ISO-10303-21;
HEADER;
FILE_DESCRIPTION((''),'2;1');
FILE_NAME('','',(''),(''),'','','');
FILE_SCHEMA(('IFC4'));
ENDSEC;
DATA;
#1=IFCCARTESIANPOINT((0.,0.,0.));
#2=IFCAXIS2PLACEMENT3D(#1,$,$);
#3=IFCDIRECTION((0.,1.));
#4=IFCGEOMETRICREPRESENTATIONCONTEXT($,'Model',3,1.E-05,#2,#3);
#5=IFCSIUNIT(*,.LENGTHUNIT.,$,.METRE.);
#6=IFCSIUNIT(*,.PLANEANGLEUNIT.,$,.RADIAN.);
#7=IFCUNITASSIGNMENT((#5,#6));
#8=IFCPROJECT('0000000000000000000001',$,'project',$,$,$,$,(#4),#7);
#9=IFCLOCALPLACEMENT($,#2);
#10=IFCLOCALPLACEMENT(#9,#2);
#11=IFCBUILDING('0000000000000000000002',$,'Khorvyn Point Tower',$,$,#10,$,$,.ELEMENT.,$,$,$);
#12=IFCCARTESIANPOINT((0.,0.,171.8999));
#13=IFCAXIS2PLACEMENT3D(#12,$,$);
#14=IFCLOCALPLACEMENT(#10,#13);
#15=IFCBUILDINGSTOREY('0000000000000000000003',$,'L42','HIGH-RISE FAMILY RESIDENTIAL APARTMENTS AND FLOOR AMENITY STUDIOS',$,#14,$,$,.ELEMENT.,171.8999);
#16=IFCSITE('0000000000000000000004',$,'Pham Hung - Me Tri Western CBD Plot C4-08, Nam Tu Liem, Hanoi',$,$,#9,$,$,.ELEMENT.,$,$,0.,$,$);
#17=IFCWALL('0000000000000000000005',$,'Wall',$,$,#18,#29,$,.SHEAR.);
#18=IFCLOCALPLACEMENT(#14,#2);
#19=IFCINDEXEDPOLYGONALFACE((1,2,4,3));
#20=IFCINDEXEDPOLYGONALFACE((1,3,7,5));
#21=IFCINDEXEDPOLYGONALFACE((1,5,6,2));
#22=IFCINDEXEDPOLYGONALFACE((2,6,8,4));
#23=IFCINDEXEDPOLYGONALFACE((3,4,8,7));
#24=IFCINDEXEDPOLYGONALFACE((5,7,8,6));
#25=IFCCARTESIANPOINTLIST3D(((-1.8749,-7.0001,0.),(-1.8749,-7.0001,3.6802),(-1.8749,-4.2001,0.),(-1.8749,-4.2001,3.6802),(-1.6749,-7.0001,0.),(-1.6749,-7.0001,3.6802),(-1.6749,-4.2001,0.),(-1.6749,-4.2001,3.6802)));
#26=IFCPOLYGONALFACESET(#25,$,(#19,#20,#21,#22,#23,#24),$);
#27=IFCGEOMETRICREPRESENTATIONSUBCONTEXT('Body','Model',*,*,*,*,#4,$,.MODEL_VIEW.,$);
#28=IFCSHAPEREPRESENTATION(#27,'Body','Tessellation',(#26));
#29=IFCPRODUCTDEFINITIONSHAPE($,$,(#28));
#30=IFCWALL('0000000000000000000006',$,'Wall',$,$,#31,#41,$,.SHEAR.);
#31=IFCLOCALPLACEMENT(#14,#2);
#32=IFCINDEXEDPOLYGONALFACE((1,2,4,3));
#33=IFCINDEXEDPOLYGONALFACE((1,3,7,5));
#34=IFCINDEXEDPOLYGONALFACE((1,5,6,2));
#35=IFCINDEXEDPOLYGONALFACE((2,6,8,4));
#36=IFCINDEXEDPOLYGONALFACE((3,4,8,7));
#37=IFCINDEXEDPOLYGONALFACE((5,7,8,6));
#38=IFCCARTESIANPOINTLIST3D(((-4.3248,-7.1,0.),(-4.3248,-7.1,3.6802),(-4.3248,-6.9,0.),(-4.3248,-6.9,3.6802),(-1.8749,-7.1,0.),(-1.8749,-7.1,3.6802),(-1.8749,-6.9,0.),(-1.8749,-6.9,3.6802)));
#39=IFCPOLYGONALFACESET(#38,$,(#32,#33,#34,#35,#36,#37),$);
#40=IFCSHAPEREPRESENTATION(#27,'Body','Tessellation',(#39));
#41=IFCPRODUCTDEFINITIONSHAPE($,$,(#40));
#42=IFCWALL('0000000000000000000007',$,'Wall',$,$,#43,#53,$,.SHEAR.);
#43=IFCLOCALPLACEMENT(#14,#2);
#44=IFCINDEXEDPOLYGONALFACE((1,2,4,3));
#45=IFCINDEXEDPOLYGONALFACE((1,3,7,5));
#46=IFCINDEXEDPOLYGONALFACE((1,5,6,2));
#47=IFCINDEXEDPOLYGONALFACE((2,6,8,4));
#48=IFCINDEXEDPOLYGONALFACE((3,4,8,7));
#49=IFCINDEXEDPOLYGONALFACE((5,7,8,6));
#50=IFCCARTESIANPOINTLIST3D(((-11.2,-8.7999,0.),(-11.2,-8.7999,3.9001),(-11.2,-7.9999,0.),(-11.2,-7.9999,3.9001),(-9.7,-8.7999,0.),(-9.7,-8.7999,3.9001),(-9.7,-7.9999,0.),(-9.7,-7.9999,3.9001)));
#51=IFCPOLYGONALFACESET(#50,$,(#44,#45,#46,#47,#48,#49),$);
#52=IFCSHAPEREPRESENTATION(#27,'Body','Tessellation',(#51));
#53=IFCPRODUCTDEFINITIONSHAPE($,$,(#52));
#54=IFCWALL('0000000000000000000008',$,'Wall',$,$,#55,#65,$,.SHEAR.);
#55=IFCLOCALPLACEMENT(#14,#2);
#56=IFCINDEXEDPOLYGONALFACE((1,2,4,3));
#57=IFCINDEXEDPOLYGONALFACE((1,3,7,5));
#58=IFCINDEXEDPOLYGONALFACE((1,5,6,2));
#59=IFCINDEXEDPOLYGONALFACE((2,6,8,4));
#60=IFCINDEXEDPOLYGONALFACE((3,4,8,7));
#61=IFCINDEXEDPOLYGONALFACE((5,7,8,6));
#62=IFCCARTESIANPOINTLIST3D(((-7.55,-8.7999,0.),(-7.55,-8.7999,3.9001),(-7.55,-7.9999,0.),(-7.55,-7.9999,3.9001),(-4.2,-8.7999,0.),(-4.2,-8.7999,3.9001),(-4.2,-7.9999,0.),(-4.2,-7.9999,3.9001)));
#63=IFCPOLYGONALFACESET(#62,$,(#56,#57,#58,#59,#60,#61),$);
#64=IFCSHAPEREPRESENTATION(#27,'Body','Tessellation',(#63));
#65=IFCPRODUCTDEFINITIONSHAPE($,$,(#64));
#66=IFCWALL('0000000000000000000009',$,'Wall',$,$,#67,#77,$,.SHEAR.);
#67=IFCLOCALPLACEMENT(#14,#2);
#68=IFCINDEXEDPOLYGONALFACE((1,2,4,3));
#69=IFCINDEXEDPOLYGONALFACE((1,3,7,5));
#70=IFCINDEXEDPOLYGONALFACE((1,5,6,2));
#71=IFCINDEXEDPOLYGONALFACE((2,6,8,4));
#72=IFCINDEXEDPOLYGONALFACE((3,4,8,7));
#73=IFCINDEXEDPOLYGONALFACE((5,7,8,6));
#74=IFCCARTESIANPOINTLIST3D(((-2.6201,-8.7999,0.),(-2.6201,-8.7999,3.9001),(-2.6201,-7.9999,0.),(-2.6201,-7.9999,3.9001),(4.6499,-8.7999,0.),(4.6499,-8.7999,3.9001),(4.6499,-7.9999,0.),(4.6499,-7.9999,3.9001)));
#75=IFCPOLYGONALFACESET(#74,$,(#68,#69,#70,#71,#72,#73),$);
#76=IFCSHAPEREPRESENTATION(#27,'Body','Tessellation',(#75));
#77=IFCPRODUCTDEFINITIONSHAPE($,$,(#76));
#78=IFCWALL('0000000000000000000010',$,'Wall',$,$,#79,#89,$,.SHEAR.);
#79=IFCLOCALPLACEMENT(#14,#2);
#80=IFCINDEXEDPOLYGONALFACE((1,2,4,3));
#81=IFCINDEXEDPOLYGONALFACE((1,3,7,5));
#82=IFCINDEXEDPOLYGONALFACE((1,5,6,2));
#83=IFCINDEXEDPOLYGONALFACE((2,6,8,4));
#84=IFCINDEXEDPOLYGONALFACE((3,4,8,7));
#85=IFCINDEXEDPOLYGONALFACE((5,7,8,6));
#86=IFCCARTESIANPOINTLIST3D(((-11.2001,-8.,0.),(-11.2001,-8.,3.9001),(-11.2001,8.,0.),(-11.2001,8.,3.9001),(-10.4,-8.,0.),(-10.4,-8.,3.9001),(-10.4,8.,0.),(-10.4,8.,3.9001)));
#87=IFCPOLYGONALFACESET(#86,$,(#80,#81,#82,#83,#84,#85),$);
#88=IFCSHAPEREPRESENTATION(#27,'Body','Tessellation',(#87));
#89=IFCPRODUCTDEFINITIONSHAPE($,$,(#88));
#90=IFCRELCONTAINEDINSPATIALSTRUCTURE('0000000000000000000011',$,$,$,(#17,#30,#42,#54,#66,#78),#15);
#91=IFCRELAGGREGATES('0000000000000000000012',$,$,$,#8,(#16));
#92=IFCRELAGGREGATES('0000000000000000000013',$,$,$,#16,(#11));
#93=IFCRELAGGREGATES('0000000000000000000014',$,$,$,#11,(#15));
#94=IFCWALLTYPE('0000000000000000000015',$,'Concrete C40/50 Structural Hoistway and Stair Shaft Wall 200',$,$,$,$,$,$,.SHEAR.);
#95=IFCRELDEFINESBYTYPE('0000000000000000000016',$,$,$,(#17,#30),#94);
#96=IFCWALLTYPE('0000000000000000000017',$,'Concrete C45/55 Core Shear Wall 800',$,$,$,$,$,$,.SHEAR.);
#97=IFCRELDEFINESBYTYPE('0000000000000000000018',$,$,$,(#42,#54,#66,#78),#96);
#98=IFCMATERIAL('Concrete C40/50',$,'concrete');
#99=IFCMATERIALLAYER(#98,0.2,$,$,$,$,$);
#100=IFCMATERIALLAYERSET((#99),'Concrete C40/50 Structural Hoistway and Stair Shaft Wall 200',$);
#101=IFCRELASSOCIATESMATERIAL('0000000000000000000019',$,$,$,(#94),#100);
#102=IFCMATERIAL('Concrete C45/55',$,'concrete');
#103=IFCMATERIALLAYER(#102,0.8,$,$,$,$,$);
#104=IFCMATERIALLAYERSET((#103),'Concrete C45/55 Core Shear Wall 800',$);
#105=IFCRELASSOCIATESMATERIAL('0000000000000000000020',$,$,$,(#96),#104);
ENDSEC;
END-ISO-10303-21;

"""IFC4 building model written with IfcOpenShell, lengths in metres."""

from ifc_helpers import new_model, si_unit, direction, frame, frame_2d, origin, place, context, subcontext, project, spatial, rectangle, extrude, material, layer, layer_set, type_object, element, save


model = new_model("IFC4")

# Units and contexts
model_context = context("Model", 3, precision=1e-05, world=origin(), true_north=direction((0.0, 1.0)))
body_context = subcontext(model_context, "Body", "Model", "MODEL_VIEW")
ifc_project = project(units=[si_unit("LENGTHUNIT", "METRE"), si_unit("PLANEANGLEUNIT", "RADIAN")], contexts=[model_context])

# Site, building, storey
site_placement = place(None, origin())
site = spatial("IfcSite", under=ifc_project, at=site_placement, Name="Pham Hung - Me Tri Western CBD Plot C4-08, Nam Tu Liem, Hanoi", CompositionType="ELEMENT", RefElevation=0.0)
building_placement = place(site_placement, origin())
building = spatial("IfcBuilding", under=site, at=building_placement, Name="Khorvyn Point Tower", CompositionType="ELEMENT")
storey_placement = place(building_placement, frame((0.0, 0.0, 171.8999)))
storey = spatial("IfcBuildingStorey", under=building, at=storey_placement, Name="L42", Description="HIGH-RISE FAMILY RESIDENTIAL APARTMENTS AND FLOOR AMENITY STUDIOS", CompositionType="ELEMENT", Elevation=171.8999)

# Shared definitions
ifc_material_1 = material(Name="Concrete C40/50", Category="concrete")
ifc_material_2 = material(Name="Concrete C45/55", Category="concrete")

# Walls
ifc_layer_1 = layer(ifc_material_1, 0.2)
ifc_layer_set_1 = layer_set([ifc_layer_1], Name="Concrete C40/50 Structural Hoistway and Stair Shaft Wall 200")
wall_type_1 = type_object("IfcWallType", Name="Concrete C40/50 Structural Hoistway and Stair Shaft Wall 200", PredefinedType="SHEAR", material=ifc_layer_set_1)
for number, where, z_axis, x_axis, name in (
    (1, (-1.7749, -7.0, 0.0), (0.0, 0.0, 1.0), (0.0, 1.0, 0.0), "Wall"),
):
    element("IfcWall", number, at=place(storey_placement, frame(where, z_axis=z_axis, x_axis=x_axis)), inside=storey, type_object=wall_type_1, Name=name, PredefinedType="SHEAR", context=body_context, shape_type="SweptSolid", body=[
        extrude(rectangle(XDim=2.8, YDim=0.2, at=frame_2d((1.3999, 0.0))), origin(), (0.0, 0.0, 1.0), 3.6802),
    ])
wall_1_placement = place(storey_placement, frame((-4.325, -7.0, 0.0), z_axis=(0.0, 0.0, 1.0), x_axis=(1.0, 0.0, 0.0)))
element("IfcWall", 2, at=wall_1_placement, inside=storey, type_object=wall_type_1, Name="Wall", PredefinedType="SHEAR", context=body_context, shape_type="SweptSolid", body=[
    extrude(rectangle(XDim=2.45, YDim=0.2, at=frame_2d((1.2251, 0.0))), origin(), (0.0, 0.0, 1.0), 3.6802),
])
ifc_layer_2 = layer(ifc_material_2, 0.8)
ifc_layer_set_2 = layer_set([ifc_layer_2], Name="Concrete C45/55 Core Shear Wall 800")
wall_type_2 = type_object("IfcWallType", Name="Concrete C45/55 Core Shear Wall 800", PredefinedType="SHEAR", material=ifc_layer_set_2)
wall_2_placement = place(storey_placement, frame((-11.2, -8.3999, 0.0), z_axis=(0.0, 0.0, 1.0), x_axis=(1.0, 0.0, 0.0)))
element("IfcWall", 3, at=wall_2_placement, inside=storey, type_object=wall_type_2, Name="Wall", PredefinedType="SHEAR", context=body_context, shape_type="SweptSolid", body=[
    extrude(rectangle(XDim=1.5, YDim=0.8, at=frame_2d((0.75, 0.0))), origin(), (0.0, 0.0, 1.0), 3.9001),
])
wall_3_placement = place(storey_placement, frame((-7.55, -8.3999, 0.0), z_axis=(0.0, 0.0, 1.0), x_axis=(1.0, 0.0, 0.0)))
element("IfcWall", 4, at=wall_3_placement, inside=storey, type_object=wall_type_2, Name="Wall", PredefinedType="SHEAR", context=body_context, shape_type="SweptSolid", body=[
    extrude(rectangle(XDim=3.3501, YDim=0.8, at=frame_2d((1.675, 0.0))), origin(), (0.0, 0.0, 1.0), 3.9001),
])
wall_4_placement = place(storey_placement, frame((-2.6201, -8.3999, 0.0), z_axis=(0.0, 0.0, 1.0), x_axis=(1.0, 0.0, 0.0)))
element("IfcWall", 5, at=wall_4_placement, inside=storey, type_object=wall_type_2, Name="Wall", PredefinedType="SHEAR", context=body_context, shape_type="SweptSolid", body=[
    extrude(rectangle(XDim=7.27, YDim=0.8, at=frame_2d((3.635, 0.0))), origin(), (0.0, 0.0, 1.0), 3.9001),
])
wall_5_placement = place(storey_placement, frame((-10.8, -8.0, 0.0), z_axis=(0.0, 0.0, 1.0), x_axis=(0.0, 1.0, 0.0)))
element("IfcWall", 6, at=wall_5_placement, inside=storey, type_object=wall_type_2, Name="Wall", PredefinedType="SHEAR", context=body_context, shape_type="SweptSolid", body=[
    extrude(rectangle(XDim=16.0, YDim=0.8, at=frame_2d((8.0, 0.0))), origin(), (0.0, 0.0, 1.0), 3.9001),
])

save(model, "model.ifc")
